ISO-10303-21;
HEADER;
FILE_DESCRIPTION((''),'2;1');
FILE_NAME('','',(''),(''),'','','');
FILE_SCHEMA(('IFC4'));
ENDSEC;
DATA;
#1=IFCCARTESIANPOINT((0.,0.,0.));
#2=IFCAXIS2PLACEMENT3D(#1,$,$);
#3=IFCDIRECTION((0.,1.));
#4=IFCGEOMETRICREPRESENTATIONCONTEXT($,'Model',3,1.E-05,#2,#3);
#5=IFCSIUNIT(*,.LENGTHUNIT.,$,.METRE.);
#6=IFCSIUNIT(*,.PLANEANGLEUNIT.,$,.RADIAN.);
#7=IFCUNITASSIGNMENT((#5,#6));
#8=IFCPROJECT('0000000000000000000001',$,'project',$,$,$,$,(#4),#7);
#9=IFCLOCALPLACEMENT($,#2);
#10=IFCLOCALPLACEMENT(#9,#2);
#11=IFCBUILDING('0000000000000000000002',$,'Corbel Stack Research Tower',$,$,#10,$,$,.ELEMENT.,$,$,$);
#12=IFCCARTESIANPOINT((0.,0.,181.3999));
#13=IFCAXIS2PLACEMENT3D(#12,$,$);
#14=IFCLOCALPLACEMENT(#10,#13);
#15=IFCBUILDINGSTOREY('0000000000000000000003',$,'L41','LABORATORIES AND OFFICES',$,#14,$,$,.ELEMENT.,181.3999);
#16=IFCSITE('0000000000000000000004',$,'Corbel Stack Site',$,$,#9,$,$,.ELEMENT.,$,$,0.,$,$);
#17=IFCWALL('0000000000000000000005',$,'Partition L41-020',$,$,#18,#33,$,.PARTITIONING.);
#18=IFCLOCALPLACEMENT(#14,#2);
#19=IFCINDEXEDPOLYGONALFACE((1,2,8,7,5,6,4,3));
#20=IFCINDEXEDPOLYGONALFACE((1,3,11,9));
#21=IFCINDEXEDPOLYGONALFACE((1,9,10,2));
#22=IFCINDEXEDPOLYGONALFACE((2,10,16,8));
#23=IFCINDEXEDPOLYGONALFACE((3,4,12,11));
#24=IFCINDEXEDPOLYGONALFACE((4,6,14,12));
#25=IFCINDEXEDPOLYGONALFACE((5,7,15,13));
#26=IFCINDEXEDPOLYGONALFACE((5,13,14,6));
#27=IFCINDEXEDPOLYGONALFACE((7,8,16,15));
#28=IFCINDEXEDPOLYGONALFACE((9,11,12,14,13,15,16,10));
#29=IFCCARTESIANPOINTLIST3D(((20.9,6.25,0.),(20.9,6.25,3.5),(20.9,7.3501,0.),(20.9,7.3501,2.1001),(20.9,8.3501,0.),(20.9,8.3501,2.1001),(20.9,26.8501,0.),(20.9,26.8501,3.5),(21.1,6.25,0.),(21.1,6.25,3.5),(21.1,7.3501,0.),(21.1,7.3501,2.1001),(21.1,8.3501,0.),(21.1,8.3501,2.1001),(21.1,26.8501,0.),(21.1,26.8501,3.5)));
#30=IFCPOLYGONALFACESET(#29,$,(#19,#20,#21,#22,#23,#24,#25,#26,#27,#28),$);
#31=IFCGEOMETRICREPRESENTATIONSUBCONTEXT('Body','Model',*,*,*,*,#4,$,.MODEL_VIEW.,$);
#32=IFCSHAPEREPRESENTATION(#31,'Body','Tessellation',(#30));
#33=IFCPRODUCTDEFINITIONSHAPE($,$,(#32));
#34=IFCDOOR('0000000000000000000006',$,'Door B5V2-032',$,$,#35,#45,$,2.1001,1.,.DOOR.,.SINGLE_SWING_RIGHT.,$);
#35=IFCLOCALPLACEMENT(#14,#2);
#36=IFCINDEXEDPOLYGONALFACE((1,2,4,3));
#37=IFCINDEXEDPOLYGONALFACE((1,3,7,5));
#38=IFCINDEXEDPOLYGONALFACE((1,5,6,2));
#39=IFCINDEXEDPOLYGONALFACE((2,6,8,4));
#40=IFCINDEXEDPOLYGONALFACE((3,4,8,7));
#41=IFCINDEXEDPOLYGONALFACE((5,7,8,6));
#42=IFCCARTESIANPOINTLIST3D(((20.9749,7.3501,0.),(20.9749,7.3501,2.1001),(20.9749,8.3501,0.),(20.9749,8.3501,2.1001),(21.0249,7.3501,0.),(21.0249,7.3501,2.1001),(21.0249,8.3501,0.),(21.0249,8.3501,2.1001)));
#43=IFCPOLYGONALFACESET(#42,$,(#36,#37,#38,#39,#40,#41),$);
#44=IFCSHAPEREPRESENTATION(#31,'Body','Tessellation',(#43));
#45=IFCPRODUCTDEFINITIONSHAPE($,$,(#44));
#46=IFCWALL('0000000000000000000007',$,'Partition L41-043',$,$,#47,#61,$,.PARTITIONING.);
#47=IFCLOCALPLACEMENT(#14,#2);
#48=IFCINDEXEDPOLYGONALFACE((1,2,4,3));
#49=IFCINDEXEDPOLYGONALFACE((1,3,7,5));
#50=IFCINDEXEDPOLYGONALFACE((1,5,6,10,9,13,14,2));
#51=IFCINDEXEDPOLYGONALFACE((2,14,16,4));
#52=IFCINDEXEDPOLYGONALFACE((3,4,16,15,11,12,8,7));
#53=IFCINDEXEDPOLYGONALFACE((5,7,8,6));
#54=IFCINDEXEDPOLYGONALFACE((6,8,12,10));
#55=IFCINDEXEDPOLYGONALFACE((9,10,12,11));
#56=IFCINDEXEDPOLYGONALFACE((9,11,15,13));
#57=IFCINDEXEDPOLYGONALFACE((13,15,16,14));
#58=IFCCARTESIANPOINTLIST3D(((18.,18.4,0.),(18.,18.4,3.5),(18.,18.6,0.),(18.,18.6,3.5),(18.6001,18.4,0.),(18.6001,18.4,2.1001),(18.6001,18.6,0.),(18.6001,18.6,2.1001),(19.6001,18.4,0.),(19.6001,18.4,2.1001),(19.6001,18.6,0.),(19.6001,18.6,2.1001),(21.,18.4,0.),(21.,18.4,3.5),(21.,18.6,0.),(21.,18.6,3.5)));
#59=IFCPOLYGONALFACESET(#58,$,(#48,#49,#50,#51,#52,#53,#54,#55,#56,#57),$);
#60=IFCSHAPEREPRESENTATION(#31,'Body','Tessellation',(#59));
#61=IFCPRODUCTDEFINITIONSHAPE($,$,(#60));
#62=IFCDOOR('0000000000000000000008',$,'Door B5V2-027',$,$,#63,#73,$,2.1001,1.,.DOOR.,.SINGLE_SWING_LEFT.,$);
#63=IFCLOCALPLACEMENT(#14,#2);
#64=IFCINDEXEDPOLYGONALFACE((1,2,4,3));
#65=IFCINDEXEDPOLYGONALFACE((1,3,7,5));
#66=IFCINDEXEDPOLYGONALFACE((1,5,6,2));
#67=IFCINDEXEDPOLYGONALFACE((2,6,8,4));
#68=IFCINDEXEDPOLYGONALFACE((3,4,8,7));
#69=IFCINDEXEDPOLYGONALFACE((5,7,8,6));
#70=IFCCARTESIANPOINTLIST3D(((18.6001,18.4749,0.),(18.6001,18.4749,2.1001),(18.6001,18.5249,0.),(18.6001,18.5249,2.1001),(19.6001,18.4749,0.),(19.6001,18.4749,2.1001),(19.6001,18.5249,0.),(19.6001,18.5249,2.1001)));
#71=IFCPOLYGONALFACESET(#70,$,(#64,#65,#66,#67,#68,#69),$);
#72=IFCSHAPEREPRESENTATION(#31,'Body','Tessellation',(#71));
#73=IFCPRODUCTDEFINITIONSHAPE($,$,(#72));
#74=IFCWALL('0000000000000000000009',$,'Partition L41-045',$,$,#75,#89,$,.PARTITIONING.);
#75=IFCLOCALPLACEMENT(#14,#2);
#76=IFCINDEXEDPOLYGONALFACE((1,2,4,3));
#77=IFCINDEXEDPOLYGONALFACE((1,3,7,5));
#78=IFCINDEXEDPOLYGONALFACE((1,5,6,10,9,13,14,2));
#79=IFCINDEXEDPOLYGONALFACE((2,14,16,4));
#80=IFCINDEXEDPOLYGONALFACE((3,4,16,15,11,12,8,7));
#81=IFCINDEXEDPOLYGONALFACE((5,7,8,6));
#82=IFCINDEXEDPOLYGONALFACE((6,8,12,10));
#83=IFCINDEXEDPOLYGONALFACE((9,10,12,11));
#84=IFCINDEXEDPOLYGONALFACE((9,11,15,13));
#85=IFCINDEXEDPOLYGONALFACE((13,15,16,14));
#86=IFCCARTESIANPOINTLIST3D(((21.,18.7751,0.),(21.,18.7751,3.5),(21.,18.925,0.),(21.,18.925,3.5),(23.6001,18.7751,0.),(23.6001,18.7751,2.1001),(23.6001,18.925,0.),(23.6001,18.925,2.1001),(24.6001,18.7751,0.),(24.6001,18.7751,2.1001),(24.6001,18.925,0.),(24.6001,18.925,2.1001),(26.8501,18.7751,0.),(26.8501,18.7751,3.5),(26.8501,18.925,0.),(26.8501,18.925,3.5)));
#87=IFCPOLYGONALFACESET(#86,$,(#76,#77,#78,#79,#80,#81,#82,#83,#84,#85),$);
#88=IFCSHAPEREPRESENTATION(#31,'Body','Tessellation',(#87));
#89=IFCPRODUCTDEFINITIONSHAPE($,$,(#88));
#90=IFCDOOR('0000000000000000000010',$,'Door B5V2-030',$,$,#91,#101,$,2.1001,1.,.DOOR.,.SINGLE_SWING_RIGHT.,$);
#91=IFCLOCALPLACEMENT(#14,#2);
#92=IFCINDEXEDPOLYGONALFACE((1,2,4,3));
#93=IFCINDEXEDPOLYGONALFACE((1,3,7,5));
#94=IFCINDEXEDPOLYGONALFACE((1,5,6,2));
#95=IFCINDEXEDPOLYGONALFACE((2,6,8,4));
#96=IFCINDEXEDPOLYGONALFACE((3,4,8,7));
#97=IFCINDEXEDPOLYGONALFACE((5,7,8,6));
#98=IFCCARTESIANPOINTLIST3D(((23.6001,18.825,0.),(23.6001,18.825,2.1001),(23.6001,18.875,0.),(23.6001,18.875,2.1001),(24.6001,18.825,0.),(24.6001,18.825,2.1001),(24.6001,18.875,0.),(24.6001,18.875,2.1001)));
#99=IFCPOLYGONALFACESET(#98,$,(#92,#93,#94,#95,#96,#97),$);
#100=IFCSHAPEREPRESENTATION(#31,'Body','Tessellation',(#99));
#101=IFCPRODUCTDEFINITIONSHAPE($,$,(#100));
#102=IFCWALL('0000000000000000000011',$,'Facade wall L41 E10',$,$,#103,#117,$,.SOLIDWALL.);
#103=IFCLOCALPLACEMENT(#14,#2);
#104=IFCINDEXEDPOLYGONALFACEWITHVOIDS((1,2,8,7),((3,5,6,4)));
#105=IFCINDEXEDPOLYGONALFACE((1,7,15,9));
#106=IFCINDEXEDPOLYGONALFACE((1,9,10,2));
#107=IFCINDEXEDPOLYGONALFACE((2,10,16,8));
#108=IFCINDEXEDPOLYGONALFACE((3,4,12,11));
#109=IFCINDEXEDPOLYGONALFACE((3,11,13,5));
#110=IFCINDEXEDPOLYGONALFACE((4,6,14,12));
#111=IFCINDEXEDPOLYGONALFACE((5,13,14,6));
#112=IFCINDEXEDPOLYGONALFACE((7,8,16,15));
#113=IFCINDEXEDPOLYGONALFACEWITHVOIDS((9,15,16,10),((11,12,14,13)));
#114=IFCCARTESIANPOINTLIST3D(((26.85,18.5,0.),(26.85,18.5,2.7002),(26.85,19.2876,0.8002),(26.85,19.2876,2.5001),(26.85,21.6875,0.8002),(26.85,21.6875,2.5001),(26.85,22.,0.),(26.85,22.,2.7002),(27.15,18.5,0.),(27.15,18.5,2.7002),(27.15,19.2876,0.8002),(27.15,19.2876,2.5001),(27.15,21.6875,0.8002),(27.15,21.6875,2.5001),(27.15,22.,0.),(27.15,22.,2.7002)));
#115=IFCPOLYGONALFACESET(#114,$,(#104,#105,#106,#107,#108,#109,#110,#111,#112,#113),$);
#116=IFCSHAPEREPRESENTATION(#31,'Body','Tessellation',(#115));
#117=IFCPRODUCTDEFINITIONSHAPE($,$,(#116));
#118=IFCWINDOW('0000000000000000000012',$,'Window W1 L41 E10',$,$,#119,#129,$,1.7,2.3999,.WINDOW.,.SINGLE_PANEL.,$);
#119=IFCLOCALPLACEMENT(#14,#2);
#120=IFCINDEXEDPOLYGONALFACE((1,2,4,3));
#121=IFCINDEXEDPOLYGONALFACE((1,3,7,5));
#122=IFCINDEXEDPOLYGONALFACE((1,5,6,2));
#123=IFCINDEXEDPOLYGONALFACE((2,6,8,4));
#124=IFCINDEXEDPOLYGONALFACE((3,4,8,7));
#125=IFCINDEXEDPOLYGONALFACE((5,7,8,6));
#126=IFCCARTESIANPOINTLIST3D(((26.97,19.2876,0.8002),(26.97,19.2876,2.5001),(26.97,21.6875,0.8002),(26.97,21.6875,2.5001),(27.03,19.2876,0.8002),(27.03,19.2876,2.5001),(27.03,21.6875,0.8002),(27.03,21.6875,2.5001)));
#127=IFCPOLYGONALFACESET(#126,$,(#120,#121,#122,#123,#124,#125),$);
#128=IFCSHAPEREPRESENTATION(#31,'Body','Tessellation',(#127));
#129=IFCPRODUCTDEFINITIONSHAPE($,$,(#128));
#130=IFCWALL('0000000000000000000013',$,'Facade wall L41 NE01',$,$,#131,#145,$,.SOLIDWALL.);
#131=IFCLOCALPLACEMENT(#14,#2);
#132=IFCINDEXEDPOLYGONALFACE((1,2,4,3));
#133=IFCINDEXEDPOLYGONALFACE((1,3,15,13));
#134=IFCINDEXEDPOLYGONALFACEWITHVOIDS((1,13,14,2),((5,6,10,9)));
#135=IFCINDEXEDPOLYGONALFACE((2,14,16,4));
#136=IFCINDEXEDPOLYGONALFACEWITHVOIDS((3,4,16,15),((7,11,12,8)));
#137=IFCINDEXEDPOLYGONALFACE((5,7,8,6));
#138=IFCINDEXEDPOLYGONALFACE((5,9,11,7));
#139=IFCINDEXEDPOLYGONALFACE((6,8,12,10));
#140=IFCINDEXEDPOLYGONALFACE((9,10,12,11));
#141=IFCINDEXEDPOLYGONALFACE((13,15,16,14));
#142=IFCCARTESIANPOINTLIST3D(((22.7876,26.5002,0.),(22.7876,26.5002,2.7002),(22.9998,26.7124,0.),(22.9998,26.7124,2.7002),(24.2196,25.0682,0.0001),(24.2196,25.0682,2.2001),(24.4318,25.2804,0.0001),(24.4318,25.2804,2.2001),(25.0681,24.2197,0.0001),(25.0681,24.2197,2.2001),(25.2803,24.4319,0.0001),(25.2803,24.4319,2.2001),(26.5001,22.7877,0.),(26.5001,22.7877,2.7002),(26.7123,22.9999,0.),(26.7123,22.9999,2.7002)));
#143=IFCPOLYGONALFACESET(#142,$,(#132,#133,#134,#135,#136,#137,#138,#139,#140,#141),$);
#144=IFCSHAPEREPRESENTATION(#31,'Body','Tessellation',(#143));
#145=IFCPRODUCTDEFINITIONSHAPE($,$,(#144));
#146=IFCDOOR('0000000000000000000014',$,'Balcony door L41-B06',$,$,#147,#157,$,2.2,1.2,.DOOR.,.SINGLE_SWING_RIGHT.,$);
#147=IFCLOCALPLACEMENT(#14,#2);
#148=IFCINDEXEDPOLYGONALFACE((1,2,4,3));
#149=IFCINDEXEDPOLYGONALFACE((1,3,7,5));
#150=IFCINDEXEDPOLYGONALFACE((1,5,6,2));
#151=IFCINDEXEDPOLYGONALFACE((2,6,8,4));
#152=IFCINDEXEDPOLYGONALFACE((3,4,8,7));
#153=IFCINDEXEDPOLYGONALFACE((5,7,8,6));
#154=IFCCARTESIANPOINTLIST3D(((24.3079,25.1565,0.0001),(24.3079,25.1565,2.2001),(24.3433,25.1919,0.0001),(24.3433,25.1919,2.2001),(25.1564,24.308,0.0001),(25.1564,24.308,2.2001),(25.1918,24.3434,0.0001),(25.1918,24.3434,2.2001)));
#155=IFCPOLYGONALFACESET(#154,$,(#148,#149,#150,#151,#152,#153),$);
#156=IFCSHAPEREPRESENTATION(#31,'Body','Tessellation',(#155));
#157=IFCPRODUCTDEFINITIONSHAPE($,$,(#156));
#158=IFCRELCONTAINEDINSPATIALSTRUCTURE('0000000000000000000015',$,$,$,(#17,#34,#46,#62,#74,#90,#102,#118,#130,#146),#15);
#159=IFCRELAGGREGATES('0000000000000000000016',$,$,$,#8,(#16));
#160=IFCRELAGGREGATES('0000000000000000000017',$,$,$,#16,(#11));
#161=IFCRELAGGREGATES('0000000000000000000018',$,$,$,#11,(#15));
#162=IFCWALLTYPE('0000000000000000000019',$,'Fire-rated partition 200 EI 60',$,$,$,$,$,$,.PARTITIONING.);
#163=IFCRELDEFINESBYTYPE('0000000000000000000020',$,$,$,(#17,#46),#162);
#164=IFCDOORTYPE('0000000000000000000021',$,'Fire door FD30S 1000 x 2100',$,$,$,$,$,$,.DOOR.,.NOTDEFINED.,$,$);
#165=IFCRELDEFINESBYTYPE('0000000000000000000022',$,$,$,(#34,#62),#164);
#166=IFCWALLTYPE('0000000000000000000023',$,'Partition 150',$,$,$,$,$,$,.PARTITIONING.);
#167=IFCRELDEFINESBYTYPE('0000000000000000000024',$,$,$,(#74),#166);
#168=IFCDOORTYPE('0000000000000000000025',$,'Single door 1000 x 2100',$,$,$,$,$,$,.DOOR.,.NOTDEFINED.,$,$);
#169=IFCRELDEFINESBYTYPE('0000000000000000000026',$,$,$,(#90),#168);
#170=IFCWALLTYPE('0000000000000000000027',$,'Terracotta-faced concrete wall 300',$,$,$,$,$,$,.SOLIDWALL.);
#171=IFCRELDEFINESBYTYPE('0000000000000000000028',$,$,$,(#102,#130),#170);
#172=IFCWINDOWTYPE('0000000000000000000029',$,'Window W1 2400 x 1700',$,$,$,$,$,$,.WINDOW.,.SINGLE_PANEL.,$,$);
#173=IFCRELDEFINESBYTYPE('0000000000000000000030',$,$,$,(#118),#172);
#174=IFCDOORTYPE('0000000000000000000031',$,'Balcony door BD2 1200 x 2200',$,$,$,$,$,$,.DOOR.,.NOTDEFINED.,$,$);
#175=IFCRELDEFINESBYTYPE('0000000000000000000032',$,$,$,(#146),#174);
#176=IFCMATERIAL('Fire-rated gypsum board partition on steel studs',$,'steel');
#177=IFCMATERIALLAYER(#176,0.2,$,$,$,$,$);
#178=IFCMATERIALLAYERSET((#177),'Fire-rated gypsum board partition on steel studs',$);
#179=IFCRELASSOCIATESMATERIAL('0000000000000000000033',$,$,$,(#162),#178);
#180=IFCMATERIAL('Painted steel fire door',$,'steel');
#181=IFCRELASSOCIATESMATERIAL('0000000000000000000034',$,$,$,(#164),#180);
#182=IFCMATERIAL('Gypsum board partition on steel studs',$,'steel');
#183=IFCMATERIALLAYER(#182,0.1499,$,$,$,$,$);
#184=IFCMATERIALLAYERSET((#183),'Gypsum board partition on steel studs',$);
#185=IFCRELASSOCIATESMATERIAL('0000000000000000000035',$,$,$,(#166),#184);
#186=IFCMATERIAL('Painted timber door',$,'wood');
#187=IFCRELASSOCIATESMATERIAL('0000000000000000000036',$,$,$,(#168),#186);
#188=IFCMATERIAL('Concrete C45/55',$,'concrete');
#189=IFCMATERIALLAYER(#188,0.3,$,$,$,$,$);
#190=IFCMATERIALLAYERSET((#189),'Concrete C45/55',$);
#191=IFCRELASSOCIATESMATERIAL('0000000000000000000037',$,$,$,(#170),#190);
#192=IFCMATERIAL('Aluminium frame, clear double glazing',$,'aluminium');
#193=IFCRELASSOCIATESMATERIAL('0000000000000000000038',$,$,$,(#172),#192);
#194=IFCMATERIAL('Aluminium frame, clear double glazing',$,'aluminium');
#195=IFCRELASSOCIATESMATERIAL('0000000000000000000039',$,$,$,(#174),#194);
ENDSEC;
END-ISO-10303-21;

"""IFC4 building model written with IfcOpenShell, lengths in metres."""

from ifc_helpers import new_model, si_unit, direction, frame, frame_2d, origin, place, context, subcontext, project, spatial, rectangle, extrude, material, layer, layer_set, type_object, element, fill, save


model = new_model("IFC4")

# Units and contexts
model_context = context("Model", 3, precision=1e-05, world=origin(), true_north=direction((0.0, 1.0)))
body_context = subcontext(model_context, "Body", "Model", "MODEL_VIEW")
ifc_project = project(units=[si_unit("LENGTHUNIT", "METRE"), si_unit("PLANEANGLEUNIT", "RADIAN")], contexts=[model_context])

# Site, building, storey
site_placement = place(None, origin())
site = spatial("IfcSite", under=ifc_project, at=site_placement, Name="Corbel Stack Site", CompositionType="ELEMENT", RefElevation=0.0)
building_placement = place(site_placement, origin())
building = spatial("IfcBuilding", under=site, at=building_placement, Name="Corbel Stack Research Tower", CompositionType="ELEMENT")
storey_placement = place(building_placement, frame((0.0, 0.0, 181.3999)))
storey = spatial("IfcBuildingStorey", under=building, at=storey_placement, Name="L41", Description="LABORATORIES AND OFFICES", CompositionType="ELEMENT", Elevation=181.3999)

# Walls, openings, doors
ifc_material_1 = material(Name="Fire-rated gypsum board partition on steel studs", Category="steel")
ifc_layer_1 = layer(ifc_material_1, 0.2)
ifc_layer_set_1 = layer_set([ifc_layer_1], Name="Fire-rated gypsum board partition on steel studs")
wall_type_1 = type_object("IfcWallType", Name="Fire-rated partition 200 EI 60", PredefinedType="PARTITIONING", material=ifc_layer_set_1)
wall_1_placement = place(storey_placement, frame((21.0, 26.8501, 0.0), z_axis=(0.0, 0.0, 1.0), x_axis=(0.0, -1.0, 0.0)))
wall_1 = element("IfcWall", 1, at=wall_1_placement, inside=storey, type_object=wall_type_1, Name="Partition L41-020", PredefinedType="PARTITIONING", context=body_context, shape_type="SweptSolid", body=[
    extrude(rectangle(XDim=20.6001, YDim=0.2, at=frame_2d((10.3, 0.0))), origin(), (0.0, 0.0, 1.0), 3.5),
])
opening_1_placement = place(wall_1_placement, frame((18.5, 0.0, 0.0)))
opening_1 = element("IfcOpeningElement", 2, at=opening_1_placement, cuts=wall_1, PredefinedType="OPENING", context=body_context, shape_type="SweptSolid", body=[
    extrude(rectangle(XDim=1.0, YDim=2.1001, at=frame_2d((0.5, 1.05))), frame((0.0, 0.1099, 0.0), z_axis=(0.0, -1.0, 0.0), x_axis=(1.0, 0.0, 0.0)), (0.0, 0.0, 1.0), 0.22),
])
ifc_material_2 = material(Name="Painted steel fire door", Category="steel")
door_type_1 = type_object("IfcDoorType", Name="Fire door FD30S 1000 x 2100", OperationType="NOTDEFINED", PredefinedType="DOOR", material=ifc_material_2)
door_1_placement = place(opening_1_placement, origin())
door_1 = element("IfcDoor", 3, at=door_1_placement, inside=storey, type_object=door_type_1, Name="Door B5V2-032", OperationType="SINGLE_SWING_RIGHT", OverallHeight=2.1001, OverallWidth=1.0, PredefinedType="DOOR", context=body_context, shape_type="SweptSolid", body=[
    extrude(rectangle(XDim=1.0, YDim=2.1001, at=frame_2d((0.5, 1.05))), frame((0.0, 0.0249, 0.0), z_axis=(0.0, -1.0, 0.0), x_axis=(1.0, 0.0, 0.0)), (0.0, 0.0, 1.0), 0.05),
])
fill(opening_1, door_1)
wall_2_placement = place(storey_placement, frame((18.0, 18.5, 0.0), z_axis=(0.0, 0.0, 1.0), x_axis=(1.0, 0.0, 0.0)))
wall_2 = element("IfcWall", 4, at=wall_2_placement, inside=storey, type_object=wall_type_1, Name="Partition L41-043", PredefinedType="PARTITIONING", context=body_context, shape_type="SweptSolid", body=[
    extrude(rectangle(XDim=3.0, YDim=0.2, at=frame_2d((1.5, 0.0))), origin(), (0.0, 0.0, 1.0), 3.5),
])
opening_2_placement = place(wall_2_placement, frame((0.6001, 0.0, 0.0)))
opening_2 = element("IfcOpeningElement", 5, at=opening_2_placement, cuts=wall_2, PredefinedType="OPENING", context=body_context, shape_type="SweptSolid", body=[
    extrude(rectangle(XDim=1.0, YDim=2.1001, at=frame_2d((0.5, 1.05))), frame((0.0, 0.1099, 0.0), z_axis=(0.0, -1.0, 0.0), x_axis=(1.0, 0.0, 0.0)), (0.0, 0.0, 1.0), 0.22),
])
door_2_placement = place(opening_2_placement, origin())
door_2 = element("IfcDoor", 6, at=door_2_placement, inside=storey, type_object=door_type_1, Name="Door B5V2-027", OperationType="SINGLE_SWING_LEFT", OverallHeight=2.1001, OverallWidth=1.0, PredefinedType="DOOR", context=body_context, shape_type="SweptSolid", body=[
    extrude(rectangle(XDim=1.0, YDim=2.1001, at=frame_2d((0.5, 1.05))), frame((0.0, 0.0249, 0.0), z_axis=(0.0, -1.0, 0.0), x_axis=(1.0, 0.0, 0.0)), (0.0, 0.0, 1.0), 0.05),
])
fill(opening_2, door_2)
ifc_material_3 = material(Name="Gypsum board partition on steel studs", Category="steel")
ifc_layer_2 = layer(ifc_material_3, 0.1499)
ifc_layer_set_2 = layer_set([ifc_layer_2], Name="Gypsum board partition on steel studs")
wall_type_2 = type_object("IfcWallType", Name="Partition 150", PredefinedType="PARTITIONING", material=ifc_layer_set_2)
wall_3_placement = place(storey_placement, frame((21.0, 18.8501, 0.0), z_axis=(0.0, 0.0, 1.0), x_axis=(1.0, 0.0, 0.0)))
wall_3 = element("IfcWall", 7, at=wall_3_placement, inside=storey, type_object=wall_type_2, Name="Partition L41-045", PredefinedType="PARTITIONING", context=body_context, shape_type="SweptSolid", body=[
    extrude(rectangle(XDim=5.8501, YDim=0.1499, at=frame_2d((2.925, 0.0))), origin(), (0.0, 0.0, 1.0), 3.5),
])
opening_3_placement = place(wall_3_placement, frame((2.6001, 0.0, 0.0)))
opening_3 = element("IfcOpeningElement", 8, at=opening_3_placement, cuts=wall_3, PredefinedType="OPENING", context=body_context, shape_type="SweptSolid", body=[
    extrude(rectangle(XDim=1.0, YDim=2.1001, at=frame_2d((0.5, 1.05))), frame((0.0, 0.085, 0.0), z_axis=(0.0, -1.0, 0.0), x_axis=(1.0, 0.0, 0.0)), (0.0, 0.0, 1.0), 0.1699),
])
ifc_material_4 = material(Name="Painted timber door", Category="wood")
door_type_2 = type_object("IfcDoorType", Name="Single door 1000 x 2100", OperationType="NOTDEFINED", PredefinedType="DOOR", material=ifc_material_4)
door_3_placement = place(opening_3_placement, origin())
door_3 = element("IfcDoor", 9, at=door_3_placement, inside=storey, type_object=door_type_2, Name="Door B5V2-030", OperationType="SINGLE_SWING_RIGHT", OverallHeight=2.1001, OverallWidth=1.0, PredefinedType="DOOR", context=body_context, shape_type="SweptSolid", body=[
    extrude(rectangle(XDim=1.0, YDim=2.1001, at=frame_2d((0.5, 1.05))), frame((0.0, 0.0249, 0.0), z_axis=(0.0, -1.0, 0.0), x_axis=(1.0, 0.0, 0.0)), (0.0, 0.0, 1.0), 0.05),
])
fill(opening_3, door_3)

# Wall, opening, window
ifc_material_5 = material(Name="Concrete C45/55", Category="concrete")
ifc_layer_3 = layer(ifc_material_5, 0.3)
ifc_layer_set_3 = layer_set([ifc_layer_3], Name="Concrete C45/55")
wall_type_3 = type_object("IfcWallType", Name="Terracotta-faced concrete wall 300", PredefinedType="SOLIDWALL", material=ifc_layer_set_3)
wall_4_placement = place(storey_placement, frame((27.0, 22.0, 0.0), z_axis=(0.0, 0.0, 1.0), x_axis=(0.0, -1.0, 0.0)))
wall_4 = element("IfcWall", 10, at=wall_4_placement, inside=storey, type_object=wall_type_3, Name="Facade wall L41 E10", PredefinedType="SOLIDWALL", context=body_context, shape_type="SweptSolid", body=[
    extrude(rectangle(XDim=3.5, YDim=0.3, at=frame_2d((1.75, 0.0))), origin(), (0.0, 0.0, 1.0), 2.7002),
])
opening_4_placement = place(wall_4_placement, frame((0.3125, 0.0, 0.8)))
opening_4 = element("IfcOpeningElement", 11, at=opening_4_placement, cuts=wall_4, PredefinedType="OPENING", context=body_context, shape_type="SweptSolid", body=[
    extrude(rectangle(XDim=2.3999, YDim=1.7, at=frame_2d((1.2, 0.8501))), frame((0.0, 0.1599, 0.0), z_axis=(0.0, -1.0, 0.0), x_axis=(1.0, 0.0, 0.0)), (0.0, 0.0, 1.0), 0.3201),
])
ifc_material_6 = material(Name="Aluminium frame, clear double glazing", Category="aluminium")
window_type_1 = type_object("IfcWindowType", Name="Window W1 2400 x 1700", PartitioningType="SINGLE_PANEL", PredefinedType="WINDOW", material=ifc_material_6)
window_1_placement = place(opening_4_placement, origin())
window_1 = element("IfcWindow", 12, at=window_1_placement, inside=storey, type_object=window_type_1, Name="Window W1 L41 E10", OverallHeight=1.7, OverallWidth=2.3999, PartitioningType="SINGLE_PANEL", PredefinedType="WINDOW", context=body_context, shape_type="SweptSolid", body=[
    extrude(rectangle(XDim=2.3999, YDim=1.7, at=frame_2d((1.2, 0.8501))), frame((0.0, 0.03, 0.0), z_axis=(0.0, -1.0, 0.0), x_axis=(1.0, 0.0, 0.0)), (0.0, 0.0, 1.0), 0.0601),
])
fill(opening_4, window_1)

# Wall, opening, door
wall_5_placement = place(storey_placement, frame((22.8938, 26.6062, 0.0), z_axis=(0.0, 0.0, 1.0), x_axis=(0.707107, -0.707107, 0.0)))
wall_5 = element("IfcWall", 13, at=wall_5_placement, inside=storey, type_object=wall_type_3, Name="Facade wall L41 NE01", PredefinedType="SOLIDWALL", context=body_context, shape_type="SweptSolid", body=[
    extrude(rectangle(XDim=5.2502, YDim=0.3, at=frame_2d((2.625, 0.0))), origin(), (0.0, 0.0, 1.0), 2.7002),
])
opening_5_placement = place(wall_5_placement, frame((2.0249, 0.0, 0.0)))
opening_5 = element("IfcOpeningElement", 14, at=opening_5_placement, cuts=wall_5, PredefinedType="OPENING", context=body_context, shape_type="SweptSolid", body=[
    extrude(rectangle(XDim=1.2, YDim=2.2, at=frame_2d((0.6001, 1.1001))), frame((0.0, 0.1599, 0.0), z_axis=(0.0, -1.0, 0.0), x_axis=(1.0, 0.0, 0.0)), (0.0, 0.0, 1.0), 0.3201),
])
ifc_material_7 = material(Name="Aluminium frame, clear double glazing", Category="aluminium")
door_type_3 = type_object("IfcDoorType", Name="Balcony door BD2 1200 x 2200", OperationType="NOTDEFINED", PredefinedType="DOOR", material=ifc_material_7)
door_4_placement = place(opening_5_placement, origin())
door_4 = element("IfcDoor", 15, at=door_4_placement, inside=storey, type_object=door_type_3, Name="Balcony door L41-B06", OperationType="SINGLE_SWING_RIGHT", OverallHeight=2.2, OverallWidth=1.2, PredefinedType="DOOR", context=body_context, shape_type="SweptSolid", body=[
    extrude(rectangle(XDim=1.2, YDim=2.2, at=frame_2d((0.6001, 1.1001))), frame((0.0, 0.0249, 0.0), z_axis=(0.0, -1.0, 0.0), x_axis=(1.0, 0.0, 0.0)), (0.0, 0.0, 1.0), 0.05),
])
fill(opening_5, door_4)

save(model, "model.ifc")
